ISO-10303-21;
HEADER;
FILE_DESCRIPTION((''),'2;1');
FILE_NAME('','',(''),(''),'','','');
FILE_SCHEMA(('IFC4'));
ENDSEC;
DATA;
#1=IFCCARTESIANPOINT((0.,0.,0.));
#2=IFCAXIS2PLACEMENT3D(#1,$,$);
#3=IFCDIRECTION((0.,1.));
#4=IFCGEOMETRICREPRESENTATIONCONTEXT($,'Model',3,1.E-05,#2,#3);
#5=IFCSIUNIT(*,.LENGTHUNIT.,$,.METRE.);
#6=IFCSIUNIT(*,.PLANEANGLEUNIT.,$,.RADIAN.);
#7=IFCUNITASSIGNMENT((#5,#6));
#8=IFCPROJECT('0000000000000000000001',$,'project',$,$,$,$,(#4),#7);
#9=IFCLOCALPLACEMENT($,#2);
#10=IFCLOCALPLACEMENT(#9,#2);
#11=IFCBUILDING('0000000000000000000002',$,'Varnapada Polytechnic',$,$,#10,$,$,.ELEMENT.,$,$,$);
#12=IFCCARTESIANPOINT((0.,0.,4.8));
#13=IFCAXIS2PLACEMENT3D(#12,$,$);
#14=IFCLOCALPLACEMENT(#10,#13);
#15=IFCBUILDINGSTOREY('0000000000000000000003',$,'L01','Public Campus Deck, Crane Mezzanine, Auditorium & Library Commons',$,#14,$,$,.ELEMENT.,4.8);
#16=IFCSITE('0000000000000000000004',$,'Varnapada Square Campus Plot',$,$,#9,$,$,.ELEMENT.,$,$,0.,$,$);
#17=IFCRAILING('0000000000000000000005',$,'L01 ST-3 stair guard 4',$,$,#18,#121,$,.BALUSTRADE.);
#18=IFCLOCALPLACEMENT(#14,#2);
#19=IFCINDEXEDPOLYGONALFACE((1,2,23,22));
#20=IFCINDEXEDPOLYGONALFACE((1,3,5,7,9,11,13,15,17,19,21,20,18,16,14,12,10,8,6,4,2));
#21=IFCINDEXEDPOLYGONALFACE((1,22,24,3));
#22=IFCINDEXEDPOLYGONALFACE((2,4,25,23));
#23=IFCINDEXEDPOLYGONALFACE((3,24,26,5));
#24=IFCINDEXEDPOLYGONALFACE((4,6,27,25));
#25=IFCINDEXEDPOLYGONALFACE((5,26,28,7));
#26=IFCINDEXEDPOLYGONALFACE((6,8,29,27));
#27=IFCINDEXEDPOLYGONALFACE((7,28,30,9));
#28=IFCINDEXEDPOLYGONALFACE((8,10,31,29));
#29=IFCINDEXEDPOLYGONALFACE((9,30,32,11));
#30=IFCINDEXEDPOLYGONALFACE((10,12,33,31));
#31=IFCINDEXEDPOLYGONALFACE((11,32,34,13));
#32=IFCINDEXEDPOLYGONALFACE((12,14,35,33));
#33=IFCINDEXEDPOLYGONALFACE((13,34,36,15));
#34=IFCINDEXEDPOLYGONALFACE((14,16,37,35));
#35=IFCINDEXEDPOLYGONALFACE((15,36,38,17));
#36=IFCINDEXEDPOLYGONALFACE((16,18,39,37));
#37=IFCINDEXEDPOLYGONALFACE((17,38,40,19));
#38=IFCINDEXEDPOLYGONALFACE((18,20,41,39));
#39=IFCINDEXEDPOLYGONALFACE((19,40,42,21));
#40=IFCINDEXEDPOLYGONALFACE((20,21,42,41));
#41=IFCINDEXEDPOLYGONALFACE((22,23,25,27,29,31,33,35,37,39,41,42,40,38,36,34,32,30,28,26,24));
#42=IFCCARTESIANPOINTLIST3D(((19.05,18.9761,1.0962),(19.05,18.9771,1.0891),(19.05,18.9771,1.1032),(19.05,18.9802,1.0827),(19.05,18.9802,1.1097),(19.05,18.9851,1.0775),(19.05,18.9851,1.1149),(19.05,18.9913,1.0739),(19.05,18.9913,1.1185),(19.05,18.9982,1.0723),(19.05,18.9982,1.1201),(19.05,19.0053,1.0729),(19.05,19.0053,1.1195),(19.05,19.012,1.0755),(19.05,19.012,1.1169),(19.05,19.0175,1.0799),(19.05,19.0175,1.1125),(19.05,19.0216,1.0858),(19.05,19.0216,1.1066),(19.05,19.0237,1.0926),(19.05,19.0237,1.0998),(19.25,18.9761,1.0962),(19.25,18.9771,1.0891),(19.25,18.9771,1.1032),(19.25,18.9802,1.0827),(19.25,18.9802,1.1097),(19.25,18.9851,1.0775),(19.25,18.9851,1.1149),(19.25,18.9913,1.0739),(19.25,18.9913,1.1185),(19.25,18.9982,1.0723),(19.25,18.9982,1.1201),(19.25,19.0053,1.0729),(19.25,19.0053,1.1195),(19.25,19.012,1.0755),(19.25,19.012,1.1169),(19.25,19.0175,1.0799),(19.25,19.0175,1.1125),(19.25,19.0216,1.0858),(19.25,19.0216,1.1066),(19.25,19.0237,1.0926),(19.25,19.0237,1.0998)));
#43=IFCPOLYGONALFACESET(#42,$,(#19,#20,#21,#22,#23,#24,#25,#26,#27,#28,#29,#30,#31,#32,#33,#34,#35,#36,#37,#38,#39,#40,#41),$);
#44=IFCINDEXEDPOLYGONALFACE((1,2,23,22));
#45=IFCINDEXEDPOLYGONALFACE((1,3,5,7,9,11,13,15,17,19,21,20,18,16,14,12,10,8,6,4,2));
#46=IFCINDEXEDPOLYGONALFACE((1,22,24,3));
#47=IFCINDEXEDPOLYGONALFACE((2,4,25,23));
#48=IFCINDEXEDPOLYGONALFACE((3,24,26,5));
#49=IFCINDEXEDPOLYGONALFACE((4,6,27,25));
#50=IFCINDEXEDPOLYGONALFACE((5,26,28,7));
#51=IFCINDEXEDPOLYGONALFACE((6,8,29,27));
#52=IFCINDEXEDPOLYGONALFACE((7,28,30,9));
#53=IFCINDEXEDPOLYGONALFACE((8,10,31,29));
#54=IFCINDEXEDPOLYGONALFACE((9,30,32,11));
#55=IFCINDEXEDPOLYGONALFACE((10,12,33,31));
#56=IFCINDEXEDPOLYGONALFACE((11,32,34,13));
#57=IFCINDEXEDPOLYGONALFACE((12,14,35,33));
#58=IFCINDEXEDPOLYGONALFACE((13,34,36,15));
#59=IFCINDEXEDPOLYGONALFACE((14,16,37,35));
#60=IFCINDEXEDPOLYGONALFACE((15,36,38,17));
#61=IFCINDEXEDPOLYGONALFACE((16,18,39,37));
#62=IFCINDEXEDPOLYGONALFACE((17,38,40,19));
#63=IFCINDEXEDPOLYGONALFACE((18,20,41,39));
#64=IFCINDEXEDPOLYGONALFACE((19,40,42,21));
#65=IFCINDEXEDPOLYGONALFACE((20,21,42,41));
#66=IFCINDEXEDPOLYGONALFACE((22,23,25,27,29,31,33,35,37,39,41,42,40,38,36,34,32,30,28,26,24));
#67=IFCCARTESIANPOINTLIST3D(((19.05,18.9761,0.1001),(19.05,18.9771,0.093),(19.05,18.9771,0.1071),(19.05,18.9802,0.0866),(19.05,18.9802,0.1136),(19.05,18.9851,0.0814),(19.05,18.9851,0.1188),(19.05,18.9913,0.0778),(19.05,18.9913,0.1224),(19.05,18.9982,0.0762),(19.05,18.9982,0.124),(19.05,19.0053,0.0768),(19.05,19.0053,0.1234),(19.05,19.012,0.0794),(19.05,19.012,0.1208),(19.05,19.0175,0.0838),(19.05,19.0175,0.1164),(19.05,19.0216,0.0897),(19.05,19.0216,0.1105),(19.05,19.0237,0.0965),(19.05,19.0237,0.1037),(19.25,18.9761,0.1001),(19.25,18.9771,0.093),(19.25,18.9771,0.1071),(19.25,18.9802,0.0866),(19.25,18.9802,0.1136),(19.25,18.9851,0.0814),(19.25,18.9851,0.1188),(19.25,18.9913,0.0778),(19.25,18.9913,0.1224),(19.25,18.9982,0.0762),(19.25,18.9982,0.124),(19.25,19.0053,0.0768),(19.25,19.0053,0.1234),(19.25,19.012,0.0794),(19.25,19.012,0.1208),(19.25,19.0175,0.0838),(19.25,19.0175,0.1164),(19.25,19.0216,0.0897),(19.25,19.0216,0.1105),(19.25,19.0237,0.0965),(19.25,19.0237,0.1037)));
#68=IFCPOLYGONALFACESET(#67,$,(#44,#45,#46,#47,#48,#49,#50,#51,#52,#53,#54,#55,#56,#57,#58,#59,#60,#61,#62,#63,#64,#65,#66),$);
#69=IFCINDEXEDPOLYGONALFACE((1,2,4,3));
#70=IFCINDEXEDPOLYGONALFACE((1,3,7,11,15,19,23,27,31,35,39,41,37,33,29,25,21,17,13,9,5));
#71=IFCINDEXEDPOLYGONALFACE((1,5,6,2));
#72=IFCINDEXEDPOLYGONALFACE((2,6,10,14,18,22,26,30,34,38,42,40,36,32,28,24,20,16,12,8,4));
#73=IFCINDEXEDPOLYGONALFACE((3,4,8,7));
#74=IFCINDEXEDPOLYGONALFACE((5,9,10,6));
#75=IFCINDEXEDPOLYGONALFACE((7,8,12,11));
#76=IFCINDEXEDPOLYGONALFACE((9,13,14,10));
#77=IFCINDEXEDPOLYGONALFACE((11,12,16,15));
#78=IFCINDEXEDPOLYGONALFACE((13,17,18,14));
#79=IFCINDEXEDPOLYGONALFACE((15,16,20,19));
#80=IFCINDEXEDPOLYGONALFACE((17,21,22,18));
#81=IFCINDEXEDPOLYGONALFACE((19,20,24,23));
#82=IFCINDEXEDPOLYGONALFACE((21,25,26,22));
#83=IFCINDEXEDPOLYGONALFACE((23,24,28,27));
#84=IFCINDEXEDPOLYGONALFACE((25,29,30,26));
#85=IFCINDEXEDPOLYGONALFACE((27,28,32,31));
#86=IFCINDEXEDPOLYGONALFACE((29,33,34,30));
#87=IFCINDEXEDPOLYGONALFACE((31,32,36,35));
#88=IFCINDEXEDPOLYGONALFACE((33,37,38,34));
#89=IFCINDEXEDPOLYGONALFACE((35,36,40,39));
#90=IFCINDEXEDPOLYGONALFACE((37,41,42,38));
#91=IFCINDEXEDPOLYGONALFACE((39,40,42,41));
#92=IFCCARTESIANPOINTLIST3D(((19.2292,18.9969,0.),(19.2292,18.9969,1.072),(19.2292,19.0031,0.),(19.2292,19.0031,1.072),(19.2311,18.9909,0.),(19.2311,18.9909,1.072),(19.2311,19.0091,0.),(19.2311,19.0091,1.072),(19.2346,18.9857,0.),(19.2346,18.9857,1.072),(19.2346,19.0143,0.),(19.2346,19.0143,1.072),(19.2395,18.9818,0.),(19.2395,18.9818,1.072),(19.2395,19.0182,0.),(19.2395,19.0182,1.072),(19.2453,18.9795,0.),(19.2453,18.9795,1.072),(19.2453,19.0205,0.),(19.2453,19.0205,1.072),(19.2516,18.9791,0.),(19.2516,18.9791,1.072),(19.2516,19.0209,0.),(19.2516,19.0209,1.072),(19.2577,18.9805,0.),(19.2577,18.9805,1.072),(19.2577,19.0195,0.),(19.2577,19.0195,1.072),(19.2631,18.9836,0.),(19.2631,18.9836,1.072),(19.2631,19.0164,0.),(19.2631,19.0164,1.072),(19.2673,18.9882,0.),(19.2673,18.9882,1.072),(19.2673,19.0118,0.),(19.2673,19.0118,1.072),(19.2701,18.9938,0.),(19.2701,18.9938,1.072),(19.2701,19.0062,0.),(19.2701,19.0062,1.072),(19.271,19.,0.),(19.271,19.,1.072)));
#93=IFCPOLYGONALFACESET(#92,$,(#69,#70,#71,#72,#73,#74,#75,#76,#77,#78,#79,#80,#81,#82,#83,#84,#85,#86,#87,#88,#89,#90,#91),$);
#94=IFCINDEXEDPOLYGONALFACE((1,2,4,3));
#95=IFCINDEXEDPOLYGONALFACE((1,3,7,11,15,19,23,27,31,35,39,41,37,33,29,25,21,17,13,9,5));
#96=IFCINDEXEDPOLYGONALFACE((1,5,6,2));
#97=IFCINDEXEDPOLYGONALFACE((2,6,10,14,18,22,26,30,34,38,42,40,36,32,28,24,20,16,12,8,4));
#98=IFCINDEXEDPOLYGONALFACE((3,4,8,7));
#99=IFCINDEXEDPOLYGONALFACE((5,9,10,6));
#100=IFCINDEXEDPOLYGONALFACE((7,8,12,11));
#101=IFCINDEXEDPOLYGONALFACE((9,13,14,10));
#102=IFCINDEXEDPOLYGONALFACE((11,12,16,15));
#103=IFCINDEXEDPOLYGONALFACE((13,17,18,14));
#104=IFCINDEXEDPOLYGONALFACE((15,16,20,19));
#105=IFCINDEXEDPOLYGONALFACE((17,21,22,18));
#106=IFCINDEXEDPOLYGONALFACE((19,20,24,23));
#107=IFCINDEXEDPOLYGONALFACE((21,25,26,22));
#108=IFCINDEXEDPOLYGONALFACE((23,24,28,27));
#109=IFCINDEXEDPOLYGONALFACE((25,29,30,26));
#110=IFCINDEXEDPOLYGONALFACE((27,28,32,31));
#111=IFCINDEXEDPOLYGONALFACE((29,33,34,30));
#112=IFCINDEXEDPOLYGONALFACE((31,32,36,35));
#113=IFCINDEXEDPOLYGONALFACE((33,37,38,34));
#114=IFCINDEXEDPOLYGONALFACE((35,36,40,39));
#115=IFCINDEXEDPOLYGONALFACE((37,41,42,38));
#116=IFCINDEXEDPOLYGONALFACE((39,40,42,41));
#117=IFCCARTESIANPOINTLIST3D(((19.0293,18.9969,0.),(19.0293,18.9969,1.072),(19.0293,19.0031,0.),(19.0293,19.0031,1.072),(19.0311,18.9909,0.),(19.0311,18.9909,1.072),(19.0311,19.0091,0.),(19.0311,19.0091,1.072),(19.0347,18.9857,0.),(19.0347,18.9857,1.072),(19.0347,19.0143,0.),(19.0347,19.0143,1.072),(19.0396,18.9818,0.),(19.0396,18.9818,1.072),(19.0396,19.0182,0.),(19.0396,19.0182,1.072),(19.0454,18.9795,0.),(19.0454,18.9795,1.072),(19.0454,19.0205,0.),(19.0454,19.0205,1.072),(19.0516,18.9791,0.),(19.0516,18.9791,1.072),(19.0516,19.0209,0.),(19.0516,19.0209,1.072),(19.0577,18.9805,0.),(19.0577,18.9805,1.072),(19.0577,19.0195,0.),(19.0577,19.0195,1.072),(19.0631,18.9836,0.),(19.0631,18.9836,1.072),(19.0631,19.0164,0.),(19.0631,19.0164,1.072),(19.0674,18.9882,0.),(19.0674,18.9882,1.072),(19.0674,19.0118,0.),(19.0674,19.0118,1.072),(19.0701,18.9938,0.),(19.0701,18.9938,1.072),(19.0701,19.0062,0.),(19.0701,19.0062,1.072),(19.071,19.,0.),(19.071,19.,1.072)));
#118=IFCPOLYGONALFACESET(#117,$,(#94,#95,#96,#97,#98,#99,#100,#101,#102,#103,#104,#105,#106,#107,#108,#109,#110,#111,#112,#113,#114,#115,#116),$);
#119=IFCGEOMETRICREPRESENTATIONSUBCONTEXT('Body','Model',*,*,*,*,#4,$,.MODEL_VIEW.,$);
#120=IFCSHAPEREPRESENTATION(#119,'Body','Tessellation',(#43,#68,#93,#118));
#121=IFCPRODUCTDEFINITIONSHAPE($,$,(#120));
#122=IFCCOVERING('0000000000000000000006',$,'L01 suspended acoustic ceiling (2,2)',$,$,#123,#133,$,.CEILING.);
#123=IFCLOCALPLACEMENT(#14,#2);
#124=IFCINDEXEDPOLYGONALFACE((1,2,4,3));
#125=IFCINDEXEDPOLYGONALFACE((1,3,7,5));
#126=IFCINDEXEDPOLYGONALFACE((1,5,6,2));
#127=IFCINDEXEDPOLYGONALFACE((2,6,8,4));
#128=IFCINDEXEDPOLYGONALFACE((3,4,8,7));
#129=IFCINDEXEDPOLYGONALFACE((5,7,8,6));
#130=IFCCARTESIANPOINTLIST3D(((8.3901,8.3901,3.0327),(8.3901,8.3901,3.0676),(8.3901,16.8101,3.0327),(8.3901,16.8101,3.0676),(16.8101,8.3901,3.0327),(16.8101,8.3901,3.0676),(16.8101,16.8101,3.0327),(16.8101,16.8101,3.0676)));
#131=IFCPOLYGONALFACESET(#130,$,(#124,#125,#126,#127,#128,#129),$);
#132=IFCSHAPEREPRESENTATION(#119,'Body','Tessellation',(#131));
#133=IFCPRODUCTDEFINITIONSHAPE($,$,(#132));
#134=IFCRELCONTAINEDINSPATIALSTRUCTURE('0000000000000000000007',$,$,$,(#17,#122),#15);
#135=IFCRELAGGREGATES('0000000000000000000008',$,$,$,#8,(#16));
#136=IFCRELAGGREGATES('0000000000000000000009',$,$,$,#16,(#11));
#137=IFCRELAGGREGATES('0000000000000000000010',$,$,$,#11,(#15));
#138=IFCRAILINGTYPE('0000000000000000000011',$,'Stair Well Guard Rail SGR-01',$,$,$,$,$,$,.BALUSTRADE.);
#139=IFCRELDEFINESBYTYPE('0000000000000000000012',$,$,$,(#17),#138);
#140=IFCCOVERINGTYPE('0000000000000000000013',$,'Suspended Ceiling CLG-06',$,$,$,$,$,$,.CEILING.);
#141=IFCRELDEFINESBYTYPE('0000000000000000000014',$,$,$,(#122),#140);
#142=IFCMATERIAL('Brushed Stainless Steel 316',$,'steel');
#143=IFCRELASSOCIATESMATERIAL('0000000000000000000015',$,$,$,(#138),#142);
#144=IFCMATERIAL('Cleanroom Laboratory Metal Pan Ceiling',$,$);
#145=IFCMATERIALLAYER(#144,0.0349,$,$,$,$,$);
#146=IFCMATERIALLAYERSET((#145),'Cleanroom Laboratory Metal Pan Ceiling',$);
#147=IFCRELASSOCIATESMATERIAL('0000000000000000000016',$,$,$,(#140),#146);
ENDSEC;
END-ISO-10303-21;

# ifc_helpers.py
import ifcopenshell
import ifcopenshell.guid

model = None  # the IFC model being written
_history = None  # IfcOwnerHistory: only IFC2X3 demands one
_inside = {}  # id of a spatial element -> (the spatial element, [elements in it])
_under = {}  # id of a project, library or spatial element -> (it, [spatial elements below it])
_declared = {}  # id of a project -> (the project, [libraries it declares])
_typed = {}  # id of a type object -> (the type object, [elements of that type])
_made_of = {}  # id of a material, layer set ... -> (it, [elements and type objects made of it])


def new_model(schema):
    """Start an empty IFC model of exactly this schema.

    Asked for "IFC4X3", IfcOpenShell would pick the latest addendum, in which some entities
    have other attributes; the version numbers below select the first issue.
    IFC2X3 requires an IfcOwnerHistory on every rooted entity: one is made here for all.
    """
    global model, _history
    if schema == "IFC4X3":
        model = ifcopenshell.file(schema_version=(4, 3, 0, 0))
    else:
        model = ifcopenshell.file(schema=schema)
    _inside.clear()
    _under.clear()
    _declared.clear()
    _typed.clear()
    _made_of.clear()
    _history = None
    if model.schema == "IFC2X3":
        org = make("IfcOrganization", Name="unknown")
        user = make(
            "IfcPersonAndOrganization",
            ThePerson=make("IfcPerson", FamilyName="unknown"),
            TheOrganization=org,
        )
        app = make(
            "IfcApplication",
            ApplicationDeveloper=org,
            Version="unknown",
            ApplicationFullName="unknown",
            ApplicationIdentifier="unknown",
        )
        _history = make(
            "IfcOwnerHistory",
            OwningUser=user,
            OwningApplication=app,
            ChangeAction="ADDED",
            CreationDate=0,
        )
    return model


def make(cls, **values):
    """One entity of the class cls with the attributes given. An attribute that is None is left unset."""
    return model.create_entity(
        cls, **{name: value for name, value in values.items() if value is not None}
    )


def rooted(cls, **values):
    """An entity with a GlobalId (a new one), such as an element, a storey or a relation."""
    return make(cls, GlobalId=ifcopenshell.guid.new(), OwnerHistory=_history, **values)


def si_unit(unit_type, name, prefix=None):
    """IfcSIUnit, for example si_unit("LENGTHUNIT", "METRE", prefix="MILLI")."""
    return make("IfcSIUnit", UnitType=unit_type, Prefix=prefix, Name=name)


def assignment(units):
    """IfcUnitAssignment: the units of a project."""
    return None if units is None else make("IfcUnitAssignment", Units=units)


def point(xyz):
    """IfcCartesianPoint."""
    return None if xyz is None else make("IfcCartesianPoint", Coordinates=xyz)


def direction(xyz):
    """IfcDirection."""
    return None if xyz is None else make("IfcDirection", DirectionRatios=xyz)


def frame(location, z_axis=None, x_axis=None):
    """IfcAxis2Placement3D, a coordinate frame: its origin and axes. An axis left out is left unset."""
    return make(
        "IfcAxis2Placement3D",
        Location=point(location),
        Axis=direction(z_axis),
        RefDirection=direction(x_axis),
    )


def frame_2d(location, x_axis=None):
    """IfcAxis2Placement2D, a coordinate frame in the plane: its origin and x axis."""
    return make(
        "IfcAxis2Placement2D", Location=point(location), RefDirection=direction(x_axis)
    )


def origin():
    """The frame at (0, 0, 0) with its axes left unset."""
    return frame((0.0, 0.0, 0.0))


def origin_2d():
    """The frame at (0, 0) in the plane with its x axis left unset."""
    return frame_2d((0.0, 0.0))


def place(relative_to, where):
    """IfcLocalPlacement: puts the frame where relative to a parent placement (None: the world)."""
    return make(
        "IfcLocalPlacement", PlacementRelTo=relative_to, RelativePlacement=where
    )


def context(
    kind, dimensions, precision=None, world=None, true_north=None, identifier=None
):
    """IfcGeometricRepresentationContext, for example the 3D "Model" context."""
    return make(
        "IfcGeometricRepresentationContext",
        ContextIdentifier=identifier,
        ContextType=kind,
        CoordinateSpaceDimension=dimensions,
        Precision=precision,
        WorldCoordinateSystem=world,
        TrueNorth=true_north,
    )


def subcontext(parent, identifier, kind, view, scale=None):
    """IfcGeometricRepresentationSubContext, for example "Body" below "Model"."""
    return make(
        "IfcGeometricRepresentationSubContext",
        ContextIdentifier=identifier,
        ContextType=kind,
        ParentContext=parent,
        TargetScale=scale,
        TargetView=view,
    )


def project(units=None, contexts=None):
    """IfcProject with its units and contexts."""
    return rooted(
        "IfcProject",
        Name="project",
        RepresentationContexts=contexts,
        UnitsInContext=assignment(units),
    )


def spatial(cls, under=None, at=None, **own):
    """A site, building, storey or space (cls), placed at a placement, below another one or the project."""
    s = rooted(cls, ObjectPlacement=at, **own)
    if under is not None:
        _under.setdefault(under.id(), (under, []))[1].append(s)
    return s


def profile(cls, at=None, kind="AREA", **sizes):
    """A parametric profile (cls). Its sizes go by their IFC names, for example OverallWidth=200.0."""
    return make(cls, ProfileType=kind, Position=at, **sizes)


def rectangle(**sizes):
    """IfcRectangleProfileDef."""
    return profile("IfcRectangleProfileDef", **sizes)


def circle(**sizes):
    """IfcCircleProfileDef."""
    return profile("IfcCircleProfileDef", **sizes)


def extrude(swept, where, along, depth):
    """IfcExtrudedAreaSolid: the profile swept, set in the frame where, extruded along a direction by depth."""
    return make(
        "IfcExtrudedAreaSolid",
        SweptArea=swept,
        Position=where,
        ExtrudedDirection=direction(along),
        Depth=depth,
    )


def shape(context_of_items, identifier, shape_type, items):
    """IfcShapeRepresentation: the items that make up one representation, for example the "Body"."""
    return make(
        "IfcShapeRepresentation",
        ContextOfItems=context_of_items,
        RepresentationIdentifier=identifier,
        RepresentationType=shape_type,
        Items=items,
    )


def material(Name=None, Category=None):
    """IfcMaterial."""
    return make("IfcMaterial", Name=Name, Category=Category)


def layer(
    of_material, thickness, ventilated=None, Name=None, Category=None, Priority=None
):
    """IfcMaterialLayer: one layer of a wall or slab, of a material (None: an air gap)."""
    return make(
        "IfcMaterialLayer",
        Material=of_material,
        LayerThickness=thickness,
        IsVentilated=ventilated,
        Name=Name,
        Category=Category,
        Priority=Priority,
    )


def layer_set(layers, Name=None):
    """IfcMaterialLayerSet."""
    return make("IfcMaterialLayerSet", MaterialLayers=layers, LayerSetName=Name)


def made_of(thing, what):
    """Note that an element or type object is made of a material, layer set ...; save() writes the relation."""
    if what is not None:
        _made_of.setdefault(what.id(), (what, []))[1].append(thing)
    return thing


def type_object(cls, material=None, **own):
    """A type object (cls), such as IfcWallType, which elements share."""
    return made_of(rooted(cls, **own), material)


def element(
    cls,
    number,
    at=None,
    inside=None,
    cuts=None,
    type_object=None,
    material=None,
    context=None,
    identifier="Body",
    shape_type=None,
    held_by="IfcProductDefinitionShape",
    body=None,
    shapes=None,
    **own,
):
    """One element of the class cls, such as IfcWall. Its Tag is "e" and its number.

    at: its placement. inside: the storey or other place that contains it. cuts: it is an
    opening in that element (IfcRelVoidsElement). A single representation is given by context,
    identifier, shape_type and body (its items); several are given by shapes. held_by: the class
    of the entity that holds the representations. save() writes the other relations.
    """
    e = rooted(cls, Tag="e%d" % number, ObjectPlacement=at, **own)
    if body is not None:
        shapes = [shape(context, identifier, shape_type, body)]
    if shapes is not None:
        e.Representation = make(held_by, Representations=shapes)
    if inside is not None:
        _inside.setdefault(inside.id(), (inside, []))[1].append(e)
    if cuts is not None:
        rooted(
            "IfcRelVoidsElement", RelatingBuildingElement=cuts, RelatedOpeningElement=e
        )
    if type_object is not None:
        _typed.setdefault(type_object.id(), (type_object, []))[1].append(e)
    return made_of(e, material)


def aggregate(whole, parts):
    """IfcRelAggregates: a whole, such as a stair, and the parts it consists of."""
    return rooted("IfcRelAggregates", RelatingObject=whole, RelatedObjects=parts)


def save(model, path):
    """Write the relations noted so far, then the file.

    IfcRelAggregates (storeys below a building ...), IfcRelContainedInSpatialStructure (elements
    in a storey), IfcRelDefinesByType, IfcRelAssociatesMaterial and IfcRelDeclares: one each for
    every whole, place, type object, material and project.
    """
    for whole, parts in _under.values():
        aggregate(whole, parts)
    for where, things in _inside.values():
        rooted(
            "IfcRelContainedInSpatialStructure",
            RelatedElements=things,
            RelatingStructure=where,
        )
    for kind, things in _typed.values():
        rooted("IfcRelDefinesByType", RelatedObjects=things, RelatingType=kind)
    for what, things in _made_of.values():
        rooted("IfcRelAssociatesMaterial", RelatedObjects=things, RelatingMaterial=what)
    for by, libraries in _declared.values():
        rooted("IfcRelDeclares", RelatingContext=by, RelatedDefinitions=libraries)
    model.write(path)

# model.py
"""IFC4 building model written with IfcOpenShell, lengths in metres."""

from ifc_helpers import new_model, si_unit, direction, frame, origin, origin_2d, place, context, subcontext, project, spatial, rectangle, circle, extrude, material, layer, layer_set, type_object, element, save


model = new_model("IFC4")

# Units and contexts
model_context = context("Model", 3, precision=1e-05, world=origin(), true_north=direction((0.0, 1.0)))
body_context = subcontext(model_context, "Body", "Model", "MODEL_VIEW")
ifc_project = project(units=[si_unit("LENGTHUNIT", "METRE"), si_unit("PLANEANGLEUNIT", "RADIAN")], contexts=[model_context])

# Site, building, storey
site_placement = place(None, origin())
site = spatial("IfcSite", under=ifc_project, at=site_placement, Name="Varnapada Square Campus Plot", CompositionType="ELEMENT", RefElevation=0.0)
building_placement = place(site_placement, origin())
building = spatial("IfcBuilding", under=site, at=building_placement, Name="Varnapada Polytechnic", CompositionType="ELEMENT")
storey_placement = place(building_placement, frame((0.0, 0.0, 4.8)))
storey = spatial("IfcBuildingStorey", under=building, at=storey_placement, Name="L01", Description="Public Campus Deck, Crane Mezzanine, Auditorium & Library Commons", CompositionType="ELEMENT", Elevation=4.8)

# Railing
ifc_material_1 = material(Name="Brushed Stainless Steel 316", Category="steel")
railing_type = type_object("IfcRailingType", Name="Stair Well Guard Rail SGR-01", PredefinedType="BALUSTRADE", material=ifc_material_1)
railing_1_placement = place(storey_placement, frame((19.25, 19.0, 0.0)))
element("IfcRailing", 1, at=railing_1_placement, inside=storey, type_object=railing_type, Name="L01 ST-3 stair guard 4", PredefinedType="BALUSTRADE", context=body_context, shape_type="SweptSolid", body=[
    extrude(circle(Radius=0.0239, at=origin_2d()), frame((0.0, 0.0, 1.0962), z_axis=(-1.0, 0.0, 0.0), x_axis=(0.0, -1.0, 0.0)), (0.0, 0.0, 1.0), 0.2),
    extrude(circle(Radius=0.0239, at=origin_2d()), frame((0.0, 0.0, 0.1001), z_axis=(-1.0, 0.0, 0.0), x_axis=(0.0, -1.0, 0.0)), (0.0, 0.0, 1.0), 0.2),
    extrude(circle(Radius=0.021, at=origin_2d()), origin(), (0.0, 0.0, 1.0), 1.072),
    extrude(circle(Radius=0.021, at=origin_2d()), frame((-0.2, 0.0, 0.0)), (0.0, 0.0, 1.0), 1.072),
])

# Covering
ifc_material_2 = material(Name="Cleanroom Laboratory Metal Pan Ceiling")
ifc_layer_1 = layer(ifc_material_2, 0.0349)
ifc_layer_set_1 = layer_set([ifc_layer_1], Name="Cleanroom Laboratory Metal Pan Ceiling")
covering_type = type_object("IfcCoveringType", Name="Suspended Ceiling CLG-06", PredefinedType="CEILING", material=ifc_layer_set_1)
covering_placement = place(storey_placement, frame((12.6001, 12.6001, 3.0327), z_axis=(0.0, 0.0, 1.0), x_axis=(1.0, 0.0, 0.0)))
element("IfcCovering", 2, at=covering_placement, inside=storey, type_object=covering_type, Name="L01 suspended acoustic ceiling (2,2)", PredefinedType="CEILING", context=body_context, shape_type="SweptSolid", body=[
    extrude(rectangle(XDim=8.4199, YDim=8.4199, at=origin_2d()), origin(), (0.0, 0.0, 1.0), 0.0349),
])

save(model, "model.ifc")
